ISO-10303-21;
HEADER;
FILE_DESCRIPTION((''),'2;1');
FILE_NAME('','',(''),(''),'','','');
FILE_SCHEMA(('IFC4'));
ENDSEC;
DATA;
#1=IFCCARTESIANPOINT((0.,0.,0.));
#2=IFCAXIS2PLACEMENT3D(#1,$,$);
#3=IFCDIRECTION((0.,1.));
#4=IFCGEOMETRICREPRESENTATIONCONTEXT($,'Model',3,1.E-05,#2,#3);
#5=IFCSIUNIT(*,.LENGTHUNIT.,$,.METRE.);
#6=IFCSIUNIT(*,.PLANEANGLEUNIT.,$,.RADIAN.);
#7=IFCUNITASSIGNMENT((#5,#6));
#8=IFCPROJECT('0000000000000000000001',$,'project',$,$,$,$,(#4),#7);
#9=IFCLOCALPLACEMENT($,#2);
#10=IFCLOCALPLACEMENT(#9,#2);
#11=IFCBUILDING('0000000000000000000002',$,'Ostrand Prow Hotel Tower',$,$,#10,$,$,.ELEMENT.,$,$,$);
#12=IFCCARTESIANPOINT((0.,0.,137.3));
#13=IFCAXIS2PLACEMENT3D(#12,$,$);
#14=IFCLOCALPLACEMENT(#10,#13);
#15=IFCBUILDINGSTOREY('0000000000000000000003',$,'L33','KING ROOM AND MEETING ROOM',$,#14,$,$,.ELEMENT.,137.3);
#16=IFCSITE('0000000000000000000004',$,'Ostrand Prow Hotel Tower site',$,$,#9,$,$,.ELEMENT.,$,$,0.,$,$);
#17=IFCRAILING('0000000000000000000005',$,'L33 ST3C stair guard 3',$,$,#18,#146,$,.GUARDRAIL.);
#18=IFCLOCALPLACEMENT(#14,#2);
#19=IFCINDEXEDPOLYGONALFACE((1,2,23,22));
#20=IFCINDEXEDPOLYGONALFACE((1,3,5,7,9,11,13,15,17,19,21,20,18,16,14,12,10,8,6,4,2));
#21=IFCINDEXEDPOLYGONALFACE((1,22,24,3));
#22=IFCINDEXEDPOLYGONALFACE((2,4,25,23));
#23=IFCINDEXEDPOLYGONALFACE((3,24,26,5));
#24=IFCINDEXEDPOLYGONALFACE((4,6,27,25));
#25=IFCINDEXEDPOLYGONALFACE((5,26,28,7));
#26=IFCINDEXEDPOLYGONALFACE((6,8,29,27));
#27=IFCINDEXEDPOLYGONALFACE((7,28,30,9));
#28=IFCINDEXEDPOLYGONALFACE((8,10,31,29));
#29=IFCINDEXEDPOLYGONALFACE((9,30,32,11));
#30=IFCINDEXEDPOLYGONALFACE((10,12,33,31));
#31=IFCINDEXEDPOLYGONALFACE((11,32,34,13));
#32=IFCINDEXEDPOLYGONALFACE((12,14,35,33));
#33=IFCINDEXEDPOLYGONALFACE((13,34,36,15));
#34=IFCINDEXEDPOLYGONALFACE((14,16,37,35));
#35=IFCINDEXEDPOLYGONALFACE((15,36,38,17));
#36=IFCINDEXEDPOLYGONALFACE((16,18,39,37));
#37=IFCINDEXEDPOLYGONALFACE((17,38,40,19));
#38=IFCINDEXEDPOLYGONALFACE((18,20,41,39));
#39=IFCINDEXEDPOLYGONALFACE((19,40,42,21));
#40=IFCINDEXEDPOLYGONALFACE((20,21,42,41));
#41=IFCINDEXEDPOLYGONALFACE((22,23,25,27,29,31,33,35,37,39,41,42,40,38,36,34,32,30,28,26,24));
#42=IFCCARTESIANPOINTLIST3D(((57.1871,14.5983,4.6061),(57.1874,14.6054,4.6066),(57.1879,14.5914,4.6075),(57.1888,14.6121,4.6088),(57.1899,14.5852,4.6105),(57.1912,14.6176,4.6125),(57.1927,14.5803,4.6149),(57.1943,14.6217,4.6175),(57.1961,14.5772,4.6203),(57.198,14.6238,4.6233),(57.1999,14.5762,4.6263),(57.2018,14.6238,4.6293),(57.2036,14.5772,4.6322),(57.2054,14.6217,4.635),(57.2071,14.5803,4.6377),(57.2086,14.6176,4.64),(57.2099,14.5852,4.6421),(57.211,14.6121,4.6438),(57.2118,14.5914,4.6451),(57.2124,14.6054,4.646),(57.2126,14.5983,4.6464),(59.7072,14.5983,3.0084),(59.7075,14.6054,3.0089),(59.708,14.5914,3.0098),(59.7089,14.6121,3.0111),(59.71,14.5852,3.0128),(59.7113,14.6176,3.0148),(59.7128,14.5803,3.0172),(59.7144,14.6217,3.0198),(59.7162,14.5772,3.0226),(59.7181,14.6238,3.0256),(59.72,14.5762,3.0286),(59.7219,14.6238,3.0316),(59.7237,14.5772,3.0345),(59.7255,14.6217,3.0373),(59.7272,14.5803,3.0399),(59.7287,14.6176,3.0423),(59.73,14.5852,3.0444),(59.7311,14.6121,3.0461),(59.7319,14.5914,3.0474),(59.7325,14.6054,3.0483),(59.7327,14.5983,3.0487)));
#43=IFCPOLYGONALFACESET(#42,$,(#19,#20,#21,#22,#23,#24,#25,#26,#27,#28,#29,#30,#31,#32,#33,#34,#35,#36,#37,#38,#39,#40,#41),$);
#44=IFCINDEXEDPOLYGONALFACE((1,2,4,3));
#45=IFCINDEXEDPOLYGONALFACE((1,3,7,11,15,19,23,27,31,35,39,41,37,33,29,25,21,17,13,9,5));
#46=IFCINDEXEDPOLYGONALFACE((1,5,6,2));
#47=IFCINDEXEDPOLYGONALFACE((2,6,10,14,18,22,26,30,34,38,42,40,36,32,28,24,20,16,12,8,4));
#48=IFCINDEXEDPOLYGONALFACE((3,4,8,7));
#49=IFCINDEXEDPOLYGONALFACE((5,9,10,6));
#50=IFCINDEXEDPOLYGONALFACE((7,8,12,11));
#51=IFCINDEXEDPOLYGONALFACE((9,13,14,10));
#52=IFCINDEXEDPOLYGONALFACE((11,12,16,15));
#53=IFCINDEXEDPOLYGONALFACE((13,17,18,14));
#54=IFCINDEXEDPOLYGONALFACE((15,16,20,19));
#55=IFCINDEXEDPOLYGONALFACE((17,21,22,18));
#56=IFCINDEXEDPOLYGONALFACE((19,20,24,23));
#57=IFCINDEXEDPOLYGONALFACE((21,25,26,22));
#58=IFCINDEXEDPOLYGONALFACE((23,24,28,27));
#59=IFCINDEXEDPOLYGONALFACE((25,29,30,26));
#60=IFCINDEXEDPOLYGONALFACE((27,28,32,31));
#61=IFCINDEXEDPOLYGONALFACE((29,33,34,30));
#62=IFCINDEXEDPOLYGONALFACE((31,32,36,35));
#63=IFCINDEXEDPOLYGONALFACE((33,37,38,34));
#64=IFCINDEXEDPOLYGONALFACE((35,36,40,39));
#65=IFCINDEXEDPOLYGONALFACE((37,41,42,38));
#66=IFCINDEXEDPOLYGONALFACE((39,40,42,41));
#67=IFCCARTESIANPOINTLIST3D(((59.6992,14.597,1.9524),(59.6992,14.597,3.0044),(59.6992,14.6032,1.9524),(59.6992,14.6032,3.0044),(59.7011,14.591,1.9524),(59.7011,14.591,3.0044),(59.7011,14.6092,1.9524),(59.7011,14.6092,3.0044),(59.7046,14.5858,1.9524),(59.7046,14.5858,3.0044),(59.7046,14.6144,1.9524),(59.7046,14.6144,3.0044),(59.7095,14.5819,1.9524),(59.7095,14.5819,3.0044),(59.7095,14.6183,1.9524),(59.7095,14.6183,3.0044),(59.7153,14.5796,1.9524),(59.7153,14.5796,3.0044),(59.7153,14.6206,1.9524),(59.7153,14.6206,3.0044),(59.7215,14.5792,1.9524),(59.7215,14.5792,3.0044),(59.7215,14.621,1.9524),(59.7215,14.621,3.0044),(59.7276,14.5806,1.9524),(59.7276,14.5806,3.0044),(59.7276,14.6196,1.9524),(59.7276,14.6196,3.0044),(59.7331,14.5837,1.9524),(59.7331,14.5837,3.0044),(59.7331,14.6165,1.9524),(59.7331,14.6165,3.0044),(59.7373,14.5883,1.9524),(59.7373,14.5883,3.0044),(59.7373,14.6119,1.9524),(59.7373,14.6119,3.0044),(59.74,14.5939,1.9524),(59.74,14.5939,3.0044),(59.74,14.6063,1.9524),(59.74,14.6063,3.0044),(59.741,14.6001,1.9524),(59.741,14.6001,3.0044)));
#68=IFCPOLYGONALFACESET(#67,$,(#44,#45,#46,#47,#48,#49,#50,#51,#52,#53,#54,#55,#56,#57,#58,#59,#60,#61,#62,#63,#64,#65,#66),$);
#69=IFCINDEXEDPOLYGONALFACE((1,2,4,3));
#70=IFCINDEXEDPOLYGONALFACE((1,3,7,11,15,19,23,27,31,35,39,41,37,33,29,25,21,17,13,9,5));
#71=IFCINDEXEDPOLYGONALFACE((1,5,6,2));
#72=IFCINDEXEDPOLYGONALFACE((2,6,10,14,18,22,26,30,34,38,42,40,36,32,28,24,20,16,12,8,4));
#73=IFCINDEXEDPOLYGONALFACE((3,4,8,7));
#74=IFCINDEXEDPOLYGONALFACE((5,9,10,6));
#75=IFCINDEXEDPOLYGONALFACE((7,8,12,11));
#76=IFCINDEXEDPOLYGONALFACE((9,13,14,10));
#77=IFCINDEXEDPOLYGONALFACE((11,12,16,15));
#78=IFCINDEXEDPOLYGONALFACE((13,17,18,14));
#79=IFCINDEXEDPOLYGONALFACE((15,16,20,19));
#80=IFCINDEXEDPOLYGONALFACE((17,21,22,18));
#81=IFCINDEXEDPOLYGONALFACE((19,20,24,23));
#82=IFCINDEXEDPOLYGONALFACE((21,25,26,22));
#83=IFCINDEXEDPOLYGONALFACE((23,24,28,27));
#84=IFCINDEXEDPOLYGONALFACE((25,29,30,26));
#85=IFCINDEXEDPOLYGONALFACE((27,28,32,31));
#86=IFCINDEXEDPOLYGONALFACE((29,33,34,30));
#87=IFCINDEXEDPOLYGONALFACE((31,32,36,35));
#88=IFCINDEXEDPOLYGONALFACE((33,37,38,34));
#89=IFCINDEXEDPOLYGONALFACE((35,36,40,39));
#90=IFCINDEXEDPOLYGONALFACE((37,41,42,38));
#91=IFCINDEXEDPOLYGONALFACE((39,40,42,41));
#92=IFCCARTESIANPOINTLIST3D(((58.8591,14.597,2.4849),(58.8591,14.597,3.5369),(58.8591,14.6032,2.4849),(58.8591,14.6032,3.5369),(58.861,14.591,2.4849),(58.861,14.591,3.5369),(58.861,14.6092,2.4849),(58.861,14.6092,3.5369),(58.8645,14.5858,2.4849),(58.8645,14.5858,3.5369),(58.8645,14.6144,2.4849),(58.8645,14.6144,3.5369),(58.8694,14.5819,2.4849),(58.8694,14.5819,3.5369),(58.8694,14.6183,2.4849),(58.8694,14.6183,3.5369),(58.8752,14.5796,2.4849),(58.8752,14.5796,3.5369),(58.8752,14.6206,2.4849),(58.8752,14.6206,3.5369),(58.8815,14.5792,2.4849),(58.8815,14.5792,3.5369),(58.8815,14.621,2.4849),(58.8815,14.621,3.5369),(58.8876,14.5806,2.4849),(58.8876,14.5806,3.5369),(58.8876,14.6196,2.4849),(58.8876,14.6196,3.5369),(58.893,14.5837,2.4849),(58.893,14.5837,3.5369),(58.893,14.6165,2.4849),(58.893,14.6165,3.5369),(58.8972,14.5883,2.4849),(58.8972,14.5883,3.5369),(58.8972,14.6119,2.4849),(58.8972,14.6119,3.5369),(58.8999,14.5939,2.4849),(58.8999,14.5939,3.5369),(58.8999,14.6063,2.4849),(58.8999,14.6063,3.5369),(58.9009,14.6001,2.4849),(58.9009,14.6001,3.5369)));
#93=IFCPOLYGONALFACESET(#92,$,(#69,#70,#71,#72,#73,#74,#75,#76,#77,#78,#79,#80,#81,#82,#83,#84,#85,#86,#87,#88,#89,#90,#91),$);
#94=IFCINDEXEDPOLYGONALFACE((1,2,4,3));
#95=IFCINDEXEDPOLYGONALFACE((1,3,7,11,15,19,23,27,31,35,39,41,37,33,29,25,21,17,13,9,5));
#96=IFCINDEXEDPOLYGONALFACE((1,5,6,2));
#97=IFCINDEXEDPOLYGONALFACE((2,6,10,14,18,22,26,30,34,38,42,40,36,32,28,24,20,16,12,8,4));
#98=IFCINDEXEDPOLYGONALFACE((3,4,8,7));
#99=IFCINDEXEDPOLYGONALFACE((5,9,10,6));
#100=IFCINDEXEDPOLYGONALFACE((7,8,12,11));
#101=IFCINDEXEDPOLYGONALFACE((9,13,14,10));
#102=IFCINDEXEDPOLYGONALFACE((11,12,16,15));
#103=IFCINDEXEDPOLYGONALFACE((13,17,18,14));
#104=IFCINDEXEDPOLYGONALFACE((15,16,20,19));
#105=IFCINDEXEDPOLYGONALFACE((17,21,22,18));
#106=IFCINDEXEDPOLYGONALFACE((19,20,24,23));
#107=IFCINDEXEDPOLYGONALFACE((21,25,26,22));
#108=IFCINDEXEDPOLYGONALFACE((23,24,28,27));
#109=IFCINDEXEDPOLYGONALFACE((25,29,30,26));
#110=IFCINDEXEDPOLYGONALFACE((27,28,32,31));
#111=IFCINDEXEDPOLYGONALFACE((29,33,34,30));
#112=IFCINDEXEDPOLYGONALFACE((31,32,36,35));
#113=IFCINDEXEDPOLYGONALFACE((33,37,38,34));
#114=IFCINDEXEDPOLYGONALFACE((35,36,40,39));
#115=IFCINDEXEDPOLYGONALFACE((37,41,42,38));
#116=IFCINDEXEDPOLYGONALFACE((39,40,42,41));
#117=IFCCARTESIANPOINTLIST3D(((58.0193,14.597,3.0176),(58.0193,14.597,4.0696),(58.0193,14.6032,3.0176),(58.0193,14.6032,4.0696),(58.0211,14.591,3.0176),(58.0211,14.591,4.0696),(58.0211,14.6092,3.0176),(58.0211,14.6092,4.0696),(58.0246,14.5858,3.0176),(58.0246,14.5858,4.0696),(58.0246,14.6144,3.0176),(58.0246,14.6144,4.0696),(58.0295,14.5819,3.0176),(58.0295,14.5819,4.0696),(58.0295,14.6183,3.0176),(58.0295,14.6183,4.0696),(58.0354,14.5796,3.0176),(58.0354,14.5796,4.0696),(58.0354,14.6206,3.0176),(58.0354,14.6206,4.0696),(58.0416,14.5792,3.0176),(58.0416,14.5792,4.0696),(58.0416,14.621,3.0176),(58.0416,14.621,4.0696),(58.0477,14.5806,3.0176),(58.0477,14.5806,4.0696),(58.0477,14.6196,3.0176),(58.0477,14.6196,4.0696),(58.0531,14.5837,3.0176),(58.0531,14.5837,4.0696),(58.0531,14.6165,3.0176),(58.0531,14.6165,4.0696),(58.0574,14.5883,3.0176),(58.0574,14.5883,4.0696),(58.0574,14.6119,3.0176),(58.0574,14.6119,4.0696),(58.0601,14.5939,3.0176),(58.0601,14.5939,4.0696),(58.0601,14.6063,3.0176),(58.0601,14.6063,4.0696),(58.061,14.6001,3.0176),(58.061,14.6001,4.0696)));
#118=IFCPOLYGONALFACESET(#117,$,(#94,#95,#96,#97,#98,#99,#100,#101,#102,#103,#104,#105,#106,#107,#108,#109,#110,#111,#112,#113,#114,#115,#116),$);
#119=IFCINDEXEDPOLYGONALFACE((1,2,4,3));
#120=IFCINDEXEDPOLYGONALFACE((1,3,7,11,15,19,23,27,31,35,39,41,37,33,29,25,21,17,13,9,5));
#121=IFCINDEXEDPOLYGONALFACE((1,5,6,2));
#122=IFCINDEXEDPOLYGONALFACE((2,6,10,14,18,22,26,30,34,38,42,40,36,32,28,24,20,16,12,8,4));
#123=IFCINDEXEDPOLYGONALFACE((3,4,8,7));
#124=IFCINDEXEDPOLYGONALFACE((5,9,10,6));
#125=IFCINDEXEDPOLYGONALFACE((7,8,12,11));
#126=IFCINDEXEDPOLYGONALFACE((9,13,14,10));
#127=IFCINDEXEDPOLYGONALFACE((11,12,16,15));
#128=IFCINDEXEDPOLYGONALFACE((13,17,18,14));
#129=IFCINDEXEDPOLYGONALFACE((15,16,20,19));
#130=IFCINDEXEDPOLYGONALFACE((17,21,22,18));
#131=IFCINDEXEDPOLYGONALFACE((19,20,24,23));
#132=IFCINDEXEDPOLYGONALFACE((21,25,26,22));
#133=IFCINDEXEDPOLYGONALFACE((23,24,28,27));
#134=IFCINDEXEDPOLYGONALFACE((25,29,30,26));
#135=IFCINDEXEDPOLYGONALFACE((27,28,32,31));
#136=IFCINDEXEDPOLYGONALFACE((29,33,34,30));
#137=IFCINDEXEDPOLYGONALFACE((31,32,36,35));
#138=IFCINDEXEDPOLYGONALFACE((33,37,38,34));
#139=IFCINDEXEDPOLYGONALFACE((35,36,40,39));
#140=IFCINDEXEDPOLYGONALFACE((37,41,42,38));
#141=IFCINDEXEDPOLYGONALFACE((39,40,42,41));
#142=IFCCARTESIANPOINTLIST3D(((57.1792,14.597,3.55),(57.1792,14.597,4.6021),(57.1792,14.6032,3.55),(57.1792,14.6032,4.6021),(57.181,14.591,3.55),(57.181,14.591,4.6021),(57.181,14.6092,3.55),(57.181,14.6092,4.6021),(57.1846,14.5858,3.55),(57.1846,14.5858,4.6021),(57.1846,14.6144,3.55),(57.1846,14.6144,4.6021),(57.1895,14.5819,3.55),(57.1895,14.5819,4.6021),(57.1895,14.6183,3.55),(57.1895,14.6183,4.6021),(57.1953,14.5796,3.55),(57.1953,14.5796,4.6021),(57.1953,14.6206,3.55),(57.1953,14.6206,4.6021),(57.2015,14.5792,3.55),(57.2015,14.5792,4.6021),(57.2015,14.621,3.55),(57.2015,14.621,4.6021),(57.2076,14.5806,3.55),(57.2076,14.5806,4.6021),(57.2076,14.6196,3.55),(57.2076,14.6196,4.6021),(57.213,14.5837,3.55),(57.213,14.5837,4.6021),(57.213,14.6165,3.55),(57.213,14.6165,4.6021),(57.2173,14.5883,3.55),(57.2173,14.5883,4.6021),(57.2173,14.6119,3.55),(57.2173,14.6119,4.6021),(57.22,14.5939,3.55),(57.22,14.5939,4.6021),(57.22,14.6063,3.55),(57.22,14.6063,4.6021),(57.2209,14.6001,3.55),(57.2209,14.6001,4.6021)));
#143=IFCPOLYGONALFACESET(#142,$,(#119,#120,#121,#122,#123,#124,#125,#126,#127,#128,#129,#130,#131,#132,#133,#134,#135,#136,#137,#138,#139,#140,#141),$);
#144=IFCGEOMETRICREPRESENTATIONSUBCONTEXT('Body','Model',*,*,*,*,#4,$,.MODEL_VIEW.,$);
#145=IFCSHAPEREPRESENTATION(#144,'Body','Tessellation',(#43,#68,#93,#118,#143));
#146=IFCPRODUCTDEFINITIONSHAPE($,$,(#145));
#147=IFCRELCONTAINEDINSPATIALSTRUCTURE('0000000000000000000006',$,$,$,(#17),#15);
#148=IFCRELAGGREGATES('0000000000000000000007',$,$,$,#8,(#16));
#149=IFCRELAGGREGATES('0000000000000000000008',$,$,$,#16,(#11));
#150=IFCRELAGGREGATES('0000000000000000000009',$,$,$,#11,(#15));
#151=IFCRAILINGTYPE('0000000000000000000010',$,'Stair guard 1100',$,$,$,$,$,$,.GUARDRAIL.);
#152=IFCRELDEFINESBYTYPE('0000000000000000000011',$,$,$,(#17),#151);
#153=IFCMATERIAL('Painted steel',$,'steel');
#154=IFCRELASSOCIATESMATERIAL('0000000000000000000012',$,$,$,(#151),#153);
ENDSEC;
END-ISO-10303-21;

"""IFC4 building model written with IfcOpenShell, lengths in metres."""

from ifc_helpers import new_model, si_unit, direction, frame, origin, origin_2d, place, context, subcontext, project, spatial, circle, extrude, material, type_object, element, save


model = new_model("IFC4")

# Units and contexts
model_context = context("Model", 3, precision=1e-05, world=origin(), true_north=direction((0.0, 1.0)))
body_context = subcontext(model_context, "Body", "Model", "MODEL_VIEW")
ifc_project = project(units=[si_unit("LENGTHUNIT", "METRE"), si_unit("PLANEANGLEUNIT", "RADIAN")], contexts=[model_context])

# Site, building, storey
site_placement = place(None, origin())
site = spatial("IfcSite", under=ifc_project, at=site_placement, Name="Ostrand Prow Hotel Tower site", CompositionType="ELEMENT", RefElevation=0.0)
building_placement = place(site_placement, origin())
building = spatial("IfcBuilding", under=site, at=building_placement, Name="Ostrand Prow Hotel Tower", CompositionType="ELEMENT")
storey_placement = place(building_placement, frame((0.0, 0.0, 137.3)))
storey = spatial("IfcBuildingStorey", under=building, at=storey_placement, Name="L33", Description="KING ROOM AND MEETING ROOM", CompositionType="ELEMENT", Elevation=137.3)

# Railing
ifc_material_1 = material(Name="Painted steel", Category="steel")
railing_type_1 = type_object("IfcRailingType", Name="Stair guard 1100", PredefinedType="GUARDRAIL", material=ifc_material_1)
railing_1_placement = place(storey_placement, frame((59.72, 14.6001, 1.9524)))
element("IfcRailing", 1, at=railing_1_placement, inside=storey, type_object=railing_type_1, Name="L33 ST3C stair guard 3", PredefinedType="GUARDRAIL", context=body_context, shape_type="SweptSolid", body=[
    extrude(circle(Radius=0.0239, at=origin_2d()), frame((0.0, 0.0, 1.0762), z_axis=(-0.84457, 0.0, 0.535445), x_axis=(0.0, -1.0, 0.0)), (0.0, 0.0, 1.0), 2.9839),
    extrude(circle(Radius=0.021, at=origin_2d()), origin(), (0.0, 0.0, 1.0), 1.052),
    extrude(circle(Radius=0.021, at=origin_2d()), frame((-0.8401, 0.0, 0.5325)), (0.0, 0.0, 1.0), 1.052),
    extrude(circle(Radius=0.021, at=origin_2d()), frame((-1.6799, 0.0, 1.0652)), (0.0, 0.0, 1.0), 1.052),
    extrude(circle(Radius=0.021, at=origin_2d()), frame((-2.52, 0.0, 1.5977)), (0.0, 0.0, 1.0), 1.052),
])

save(model, "model.ifc")
